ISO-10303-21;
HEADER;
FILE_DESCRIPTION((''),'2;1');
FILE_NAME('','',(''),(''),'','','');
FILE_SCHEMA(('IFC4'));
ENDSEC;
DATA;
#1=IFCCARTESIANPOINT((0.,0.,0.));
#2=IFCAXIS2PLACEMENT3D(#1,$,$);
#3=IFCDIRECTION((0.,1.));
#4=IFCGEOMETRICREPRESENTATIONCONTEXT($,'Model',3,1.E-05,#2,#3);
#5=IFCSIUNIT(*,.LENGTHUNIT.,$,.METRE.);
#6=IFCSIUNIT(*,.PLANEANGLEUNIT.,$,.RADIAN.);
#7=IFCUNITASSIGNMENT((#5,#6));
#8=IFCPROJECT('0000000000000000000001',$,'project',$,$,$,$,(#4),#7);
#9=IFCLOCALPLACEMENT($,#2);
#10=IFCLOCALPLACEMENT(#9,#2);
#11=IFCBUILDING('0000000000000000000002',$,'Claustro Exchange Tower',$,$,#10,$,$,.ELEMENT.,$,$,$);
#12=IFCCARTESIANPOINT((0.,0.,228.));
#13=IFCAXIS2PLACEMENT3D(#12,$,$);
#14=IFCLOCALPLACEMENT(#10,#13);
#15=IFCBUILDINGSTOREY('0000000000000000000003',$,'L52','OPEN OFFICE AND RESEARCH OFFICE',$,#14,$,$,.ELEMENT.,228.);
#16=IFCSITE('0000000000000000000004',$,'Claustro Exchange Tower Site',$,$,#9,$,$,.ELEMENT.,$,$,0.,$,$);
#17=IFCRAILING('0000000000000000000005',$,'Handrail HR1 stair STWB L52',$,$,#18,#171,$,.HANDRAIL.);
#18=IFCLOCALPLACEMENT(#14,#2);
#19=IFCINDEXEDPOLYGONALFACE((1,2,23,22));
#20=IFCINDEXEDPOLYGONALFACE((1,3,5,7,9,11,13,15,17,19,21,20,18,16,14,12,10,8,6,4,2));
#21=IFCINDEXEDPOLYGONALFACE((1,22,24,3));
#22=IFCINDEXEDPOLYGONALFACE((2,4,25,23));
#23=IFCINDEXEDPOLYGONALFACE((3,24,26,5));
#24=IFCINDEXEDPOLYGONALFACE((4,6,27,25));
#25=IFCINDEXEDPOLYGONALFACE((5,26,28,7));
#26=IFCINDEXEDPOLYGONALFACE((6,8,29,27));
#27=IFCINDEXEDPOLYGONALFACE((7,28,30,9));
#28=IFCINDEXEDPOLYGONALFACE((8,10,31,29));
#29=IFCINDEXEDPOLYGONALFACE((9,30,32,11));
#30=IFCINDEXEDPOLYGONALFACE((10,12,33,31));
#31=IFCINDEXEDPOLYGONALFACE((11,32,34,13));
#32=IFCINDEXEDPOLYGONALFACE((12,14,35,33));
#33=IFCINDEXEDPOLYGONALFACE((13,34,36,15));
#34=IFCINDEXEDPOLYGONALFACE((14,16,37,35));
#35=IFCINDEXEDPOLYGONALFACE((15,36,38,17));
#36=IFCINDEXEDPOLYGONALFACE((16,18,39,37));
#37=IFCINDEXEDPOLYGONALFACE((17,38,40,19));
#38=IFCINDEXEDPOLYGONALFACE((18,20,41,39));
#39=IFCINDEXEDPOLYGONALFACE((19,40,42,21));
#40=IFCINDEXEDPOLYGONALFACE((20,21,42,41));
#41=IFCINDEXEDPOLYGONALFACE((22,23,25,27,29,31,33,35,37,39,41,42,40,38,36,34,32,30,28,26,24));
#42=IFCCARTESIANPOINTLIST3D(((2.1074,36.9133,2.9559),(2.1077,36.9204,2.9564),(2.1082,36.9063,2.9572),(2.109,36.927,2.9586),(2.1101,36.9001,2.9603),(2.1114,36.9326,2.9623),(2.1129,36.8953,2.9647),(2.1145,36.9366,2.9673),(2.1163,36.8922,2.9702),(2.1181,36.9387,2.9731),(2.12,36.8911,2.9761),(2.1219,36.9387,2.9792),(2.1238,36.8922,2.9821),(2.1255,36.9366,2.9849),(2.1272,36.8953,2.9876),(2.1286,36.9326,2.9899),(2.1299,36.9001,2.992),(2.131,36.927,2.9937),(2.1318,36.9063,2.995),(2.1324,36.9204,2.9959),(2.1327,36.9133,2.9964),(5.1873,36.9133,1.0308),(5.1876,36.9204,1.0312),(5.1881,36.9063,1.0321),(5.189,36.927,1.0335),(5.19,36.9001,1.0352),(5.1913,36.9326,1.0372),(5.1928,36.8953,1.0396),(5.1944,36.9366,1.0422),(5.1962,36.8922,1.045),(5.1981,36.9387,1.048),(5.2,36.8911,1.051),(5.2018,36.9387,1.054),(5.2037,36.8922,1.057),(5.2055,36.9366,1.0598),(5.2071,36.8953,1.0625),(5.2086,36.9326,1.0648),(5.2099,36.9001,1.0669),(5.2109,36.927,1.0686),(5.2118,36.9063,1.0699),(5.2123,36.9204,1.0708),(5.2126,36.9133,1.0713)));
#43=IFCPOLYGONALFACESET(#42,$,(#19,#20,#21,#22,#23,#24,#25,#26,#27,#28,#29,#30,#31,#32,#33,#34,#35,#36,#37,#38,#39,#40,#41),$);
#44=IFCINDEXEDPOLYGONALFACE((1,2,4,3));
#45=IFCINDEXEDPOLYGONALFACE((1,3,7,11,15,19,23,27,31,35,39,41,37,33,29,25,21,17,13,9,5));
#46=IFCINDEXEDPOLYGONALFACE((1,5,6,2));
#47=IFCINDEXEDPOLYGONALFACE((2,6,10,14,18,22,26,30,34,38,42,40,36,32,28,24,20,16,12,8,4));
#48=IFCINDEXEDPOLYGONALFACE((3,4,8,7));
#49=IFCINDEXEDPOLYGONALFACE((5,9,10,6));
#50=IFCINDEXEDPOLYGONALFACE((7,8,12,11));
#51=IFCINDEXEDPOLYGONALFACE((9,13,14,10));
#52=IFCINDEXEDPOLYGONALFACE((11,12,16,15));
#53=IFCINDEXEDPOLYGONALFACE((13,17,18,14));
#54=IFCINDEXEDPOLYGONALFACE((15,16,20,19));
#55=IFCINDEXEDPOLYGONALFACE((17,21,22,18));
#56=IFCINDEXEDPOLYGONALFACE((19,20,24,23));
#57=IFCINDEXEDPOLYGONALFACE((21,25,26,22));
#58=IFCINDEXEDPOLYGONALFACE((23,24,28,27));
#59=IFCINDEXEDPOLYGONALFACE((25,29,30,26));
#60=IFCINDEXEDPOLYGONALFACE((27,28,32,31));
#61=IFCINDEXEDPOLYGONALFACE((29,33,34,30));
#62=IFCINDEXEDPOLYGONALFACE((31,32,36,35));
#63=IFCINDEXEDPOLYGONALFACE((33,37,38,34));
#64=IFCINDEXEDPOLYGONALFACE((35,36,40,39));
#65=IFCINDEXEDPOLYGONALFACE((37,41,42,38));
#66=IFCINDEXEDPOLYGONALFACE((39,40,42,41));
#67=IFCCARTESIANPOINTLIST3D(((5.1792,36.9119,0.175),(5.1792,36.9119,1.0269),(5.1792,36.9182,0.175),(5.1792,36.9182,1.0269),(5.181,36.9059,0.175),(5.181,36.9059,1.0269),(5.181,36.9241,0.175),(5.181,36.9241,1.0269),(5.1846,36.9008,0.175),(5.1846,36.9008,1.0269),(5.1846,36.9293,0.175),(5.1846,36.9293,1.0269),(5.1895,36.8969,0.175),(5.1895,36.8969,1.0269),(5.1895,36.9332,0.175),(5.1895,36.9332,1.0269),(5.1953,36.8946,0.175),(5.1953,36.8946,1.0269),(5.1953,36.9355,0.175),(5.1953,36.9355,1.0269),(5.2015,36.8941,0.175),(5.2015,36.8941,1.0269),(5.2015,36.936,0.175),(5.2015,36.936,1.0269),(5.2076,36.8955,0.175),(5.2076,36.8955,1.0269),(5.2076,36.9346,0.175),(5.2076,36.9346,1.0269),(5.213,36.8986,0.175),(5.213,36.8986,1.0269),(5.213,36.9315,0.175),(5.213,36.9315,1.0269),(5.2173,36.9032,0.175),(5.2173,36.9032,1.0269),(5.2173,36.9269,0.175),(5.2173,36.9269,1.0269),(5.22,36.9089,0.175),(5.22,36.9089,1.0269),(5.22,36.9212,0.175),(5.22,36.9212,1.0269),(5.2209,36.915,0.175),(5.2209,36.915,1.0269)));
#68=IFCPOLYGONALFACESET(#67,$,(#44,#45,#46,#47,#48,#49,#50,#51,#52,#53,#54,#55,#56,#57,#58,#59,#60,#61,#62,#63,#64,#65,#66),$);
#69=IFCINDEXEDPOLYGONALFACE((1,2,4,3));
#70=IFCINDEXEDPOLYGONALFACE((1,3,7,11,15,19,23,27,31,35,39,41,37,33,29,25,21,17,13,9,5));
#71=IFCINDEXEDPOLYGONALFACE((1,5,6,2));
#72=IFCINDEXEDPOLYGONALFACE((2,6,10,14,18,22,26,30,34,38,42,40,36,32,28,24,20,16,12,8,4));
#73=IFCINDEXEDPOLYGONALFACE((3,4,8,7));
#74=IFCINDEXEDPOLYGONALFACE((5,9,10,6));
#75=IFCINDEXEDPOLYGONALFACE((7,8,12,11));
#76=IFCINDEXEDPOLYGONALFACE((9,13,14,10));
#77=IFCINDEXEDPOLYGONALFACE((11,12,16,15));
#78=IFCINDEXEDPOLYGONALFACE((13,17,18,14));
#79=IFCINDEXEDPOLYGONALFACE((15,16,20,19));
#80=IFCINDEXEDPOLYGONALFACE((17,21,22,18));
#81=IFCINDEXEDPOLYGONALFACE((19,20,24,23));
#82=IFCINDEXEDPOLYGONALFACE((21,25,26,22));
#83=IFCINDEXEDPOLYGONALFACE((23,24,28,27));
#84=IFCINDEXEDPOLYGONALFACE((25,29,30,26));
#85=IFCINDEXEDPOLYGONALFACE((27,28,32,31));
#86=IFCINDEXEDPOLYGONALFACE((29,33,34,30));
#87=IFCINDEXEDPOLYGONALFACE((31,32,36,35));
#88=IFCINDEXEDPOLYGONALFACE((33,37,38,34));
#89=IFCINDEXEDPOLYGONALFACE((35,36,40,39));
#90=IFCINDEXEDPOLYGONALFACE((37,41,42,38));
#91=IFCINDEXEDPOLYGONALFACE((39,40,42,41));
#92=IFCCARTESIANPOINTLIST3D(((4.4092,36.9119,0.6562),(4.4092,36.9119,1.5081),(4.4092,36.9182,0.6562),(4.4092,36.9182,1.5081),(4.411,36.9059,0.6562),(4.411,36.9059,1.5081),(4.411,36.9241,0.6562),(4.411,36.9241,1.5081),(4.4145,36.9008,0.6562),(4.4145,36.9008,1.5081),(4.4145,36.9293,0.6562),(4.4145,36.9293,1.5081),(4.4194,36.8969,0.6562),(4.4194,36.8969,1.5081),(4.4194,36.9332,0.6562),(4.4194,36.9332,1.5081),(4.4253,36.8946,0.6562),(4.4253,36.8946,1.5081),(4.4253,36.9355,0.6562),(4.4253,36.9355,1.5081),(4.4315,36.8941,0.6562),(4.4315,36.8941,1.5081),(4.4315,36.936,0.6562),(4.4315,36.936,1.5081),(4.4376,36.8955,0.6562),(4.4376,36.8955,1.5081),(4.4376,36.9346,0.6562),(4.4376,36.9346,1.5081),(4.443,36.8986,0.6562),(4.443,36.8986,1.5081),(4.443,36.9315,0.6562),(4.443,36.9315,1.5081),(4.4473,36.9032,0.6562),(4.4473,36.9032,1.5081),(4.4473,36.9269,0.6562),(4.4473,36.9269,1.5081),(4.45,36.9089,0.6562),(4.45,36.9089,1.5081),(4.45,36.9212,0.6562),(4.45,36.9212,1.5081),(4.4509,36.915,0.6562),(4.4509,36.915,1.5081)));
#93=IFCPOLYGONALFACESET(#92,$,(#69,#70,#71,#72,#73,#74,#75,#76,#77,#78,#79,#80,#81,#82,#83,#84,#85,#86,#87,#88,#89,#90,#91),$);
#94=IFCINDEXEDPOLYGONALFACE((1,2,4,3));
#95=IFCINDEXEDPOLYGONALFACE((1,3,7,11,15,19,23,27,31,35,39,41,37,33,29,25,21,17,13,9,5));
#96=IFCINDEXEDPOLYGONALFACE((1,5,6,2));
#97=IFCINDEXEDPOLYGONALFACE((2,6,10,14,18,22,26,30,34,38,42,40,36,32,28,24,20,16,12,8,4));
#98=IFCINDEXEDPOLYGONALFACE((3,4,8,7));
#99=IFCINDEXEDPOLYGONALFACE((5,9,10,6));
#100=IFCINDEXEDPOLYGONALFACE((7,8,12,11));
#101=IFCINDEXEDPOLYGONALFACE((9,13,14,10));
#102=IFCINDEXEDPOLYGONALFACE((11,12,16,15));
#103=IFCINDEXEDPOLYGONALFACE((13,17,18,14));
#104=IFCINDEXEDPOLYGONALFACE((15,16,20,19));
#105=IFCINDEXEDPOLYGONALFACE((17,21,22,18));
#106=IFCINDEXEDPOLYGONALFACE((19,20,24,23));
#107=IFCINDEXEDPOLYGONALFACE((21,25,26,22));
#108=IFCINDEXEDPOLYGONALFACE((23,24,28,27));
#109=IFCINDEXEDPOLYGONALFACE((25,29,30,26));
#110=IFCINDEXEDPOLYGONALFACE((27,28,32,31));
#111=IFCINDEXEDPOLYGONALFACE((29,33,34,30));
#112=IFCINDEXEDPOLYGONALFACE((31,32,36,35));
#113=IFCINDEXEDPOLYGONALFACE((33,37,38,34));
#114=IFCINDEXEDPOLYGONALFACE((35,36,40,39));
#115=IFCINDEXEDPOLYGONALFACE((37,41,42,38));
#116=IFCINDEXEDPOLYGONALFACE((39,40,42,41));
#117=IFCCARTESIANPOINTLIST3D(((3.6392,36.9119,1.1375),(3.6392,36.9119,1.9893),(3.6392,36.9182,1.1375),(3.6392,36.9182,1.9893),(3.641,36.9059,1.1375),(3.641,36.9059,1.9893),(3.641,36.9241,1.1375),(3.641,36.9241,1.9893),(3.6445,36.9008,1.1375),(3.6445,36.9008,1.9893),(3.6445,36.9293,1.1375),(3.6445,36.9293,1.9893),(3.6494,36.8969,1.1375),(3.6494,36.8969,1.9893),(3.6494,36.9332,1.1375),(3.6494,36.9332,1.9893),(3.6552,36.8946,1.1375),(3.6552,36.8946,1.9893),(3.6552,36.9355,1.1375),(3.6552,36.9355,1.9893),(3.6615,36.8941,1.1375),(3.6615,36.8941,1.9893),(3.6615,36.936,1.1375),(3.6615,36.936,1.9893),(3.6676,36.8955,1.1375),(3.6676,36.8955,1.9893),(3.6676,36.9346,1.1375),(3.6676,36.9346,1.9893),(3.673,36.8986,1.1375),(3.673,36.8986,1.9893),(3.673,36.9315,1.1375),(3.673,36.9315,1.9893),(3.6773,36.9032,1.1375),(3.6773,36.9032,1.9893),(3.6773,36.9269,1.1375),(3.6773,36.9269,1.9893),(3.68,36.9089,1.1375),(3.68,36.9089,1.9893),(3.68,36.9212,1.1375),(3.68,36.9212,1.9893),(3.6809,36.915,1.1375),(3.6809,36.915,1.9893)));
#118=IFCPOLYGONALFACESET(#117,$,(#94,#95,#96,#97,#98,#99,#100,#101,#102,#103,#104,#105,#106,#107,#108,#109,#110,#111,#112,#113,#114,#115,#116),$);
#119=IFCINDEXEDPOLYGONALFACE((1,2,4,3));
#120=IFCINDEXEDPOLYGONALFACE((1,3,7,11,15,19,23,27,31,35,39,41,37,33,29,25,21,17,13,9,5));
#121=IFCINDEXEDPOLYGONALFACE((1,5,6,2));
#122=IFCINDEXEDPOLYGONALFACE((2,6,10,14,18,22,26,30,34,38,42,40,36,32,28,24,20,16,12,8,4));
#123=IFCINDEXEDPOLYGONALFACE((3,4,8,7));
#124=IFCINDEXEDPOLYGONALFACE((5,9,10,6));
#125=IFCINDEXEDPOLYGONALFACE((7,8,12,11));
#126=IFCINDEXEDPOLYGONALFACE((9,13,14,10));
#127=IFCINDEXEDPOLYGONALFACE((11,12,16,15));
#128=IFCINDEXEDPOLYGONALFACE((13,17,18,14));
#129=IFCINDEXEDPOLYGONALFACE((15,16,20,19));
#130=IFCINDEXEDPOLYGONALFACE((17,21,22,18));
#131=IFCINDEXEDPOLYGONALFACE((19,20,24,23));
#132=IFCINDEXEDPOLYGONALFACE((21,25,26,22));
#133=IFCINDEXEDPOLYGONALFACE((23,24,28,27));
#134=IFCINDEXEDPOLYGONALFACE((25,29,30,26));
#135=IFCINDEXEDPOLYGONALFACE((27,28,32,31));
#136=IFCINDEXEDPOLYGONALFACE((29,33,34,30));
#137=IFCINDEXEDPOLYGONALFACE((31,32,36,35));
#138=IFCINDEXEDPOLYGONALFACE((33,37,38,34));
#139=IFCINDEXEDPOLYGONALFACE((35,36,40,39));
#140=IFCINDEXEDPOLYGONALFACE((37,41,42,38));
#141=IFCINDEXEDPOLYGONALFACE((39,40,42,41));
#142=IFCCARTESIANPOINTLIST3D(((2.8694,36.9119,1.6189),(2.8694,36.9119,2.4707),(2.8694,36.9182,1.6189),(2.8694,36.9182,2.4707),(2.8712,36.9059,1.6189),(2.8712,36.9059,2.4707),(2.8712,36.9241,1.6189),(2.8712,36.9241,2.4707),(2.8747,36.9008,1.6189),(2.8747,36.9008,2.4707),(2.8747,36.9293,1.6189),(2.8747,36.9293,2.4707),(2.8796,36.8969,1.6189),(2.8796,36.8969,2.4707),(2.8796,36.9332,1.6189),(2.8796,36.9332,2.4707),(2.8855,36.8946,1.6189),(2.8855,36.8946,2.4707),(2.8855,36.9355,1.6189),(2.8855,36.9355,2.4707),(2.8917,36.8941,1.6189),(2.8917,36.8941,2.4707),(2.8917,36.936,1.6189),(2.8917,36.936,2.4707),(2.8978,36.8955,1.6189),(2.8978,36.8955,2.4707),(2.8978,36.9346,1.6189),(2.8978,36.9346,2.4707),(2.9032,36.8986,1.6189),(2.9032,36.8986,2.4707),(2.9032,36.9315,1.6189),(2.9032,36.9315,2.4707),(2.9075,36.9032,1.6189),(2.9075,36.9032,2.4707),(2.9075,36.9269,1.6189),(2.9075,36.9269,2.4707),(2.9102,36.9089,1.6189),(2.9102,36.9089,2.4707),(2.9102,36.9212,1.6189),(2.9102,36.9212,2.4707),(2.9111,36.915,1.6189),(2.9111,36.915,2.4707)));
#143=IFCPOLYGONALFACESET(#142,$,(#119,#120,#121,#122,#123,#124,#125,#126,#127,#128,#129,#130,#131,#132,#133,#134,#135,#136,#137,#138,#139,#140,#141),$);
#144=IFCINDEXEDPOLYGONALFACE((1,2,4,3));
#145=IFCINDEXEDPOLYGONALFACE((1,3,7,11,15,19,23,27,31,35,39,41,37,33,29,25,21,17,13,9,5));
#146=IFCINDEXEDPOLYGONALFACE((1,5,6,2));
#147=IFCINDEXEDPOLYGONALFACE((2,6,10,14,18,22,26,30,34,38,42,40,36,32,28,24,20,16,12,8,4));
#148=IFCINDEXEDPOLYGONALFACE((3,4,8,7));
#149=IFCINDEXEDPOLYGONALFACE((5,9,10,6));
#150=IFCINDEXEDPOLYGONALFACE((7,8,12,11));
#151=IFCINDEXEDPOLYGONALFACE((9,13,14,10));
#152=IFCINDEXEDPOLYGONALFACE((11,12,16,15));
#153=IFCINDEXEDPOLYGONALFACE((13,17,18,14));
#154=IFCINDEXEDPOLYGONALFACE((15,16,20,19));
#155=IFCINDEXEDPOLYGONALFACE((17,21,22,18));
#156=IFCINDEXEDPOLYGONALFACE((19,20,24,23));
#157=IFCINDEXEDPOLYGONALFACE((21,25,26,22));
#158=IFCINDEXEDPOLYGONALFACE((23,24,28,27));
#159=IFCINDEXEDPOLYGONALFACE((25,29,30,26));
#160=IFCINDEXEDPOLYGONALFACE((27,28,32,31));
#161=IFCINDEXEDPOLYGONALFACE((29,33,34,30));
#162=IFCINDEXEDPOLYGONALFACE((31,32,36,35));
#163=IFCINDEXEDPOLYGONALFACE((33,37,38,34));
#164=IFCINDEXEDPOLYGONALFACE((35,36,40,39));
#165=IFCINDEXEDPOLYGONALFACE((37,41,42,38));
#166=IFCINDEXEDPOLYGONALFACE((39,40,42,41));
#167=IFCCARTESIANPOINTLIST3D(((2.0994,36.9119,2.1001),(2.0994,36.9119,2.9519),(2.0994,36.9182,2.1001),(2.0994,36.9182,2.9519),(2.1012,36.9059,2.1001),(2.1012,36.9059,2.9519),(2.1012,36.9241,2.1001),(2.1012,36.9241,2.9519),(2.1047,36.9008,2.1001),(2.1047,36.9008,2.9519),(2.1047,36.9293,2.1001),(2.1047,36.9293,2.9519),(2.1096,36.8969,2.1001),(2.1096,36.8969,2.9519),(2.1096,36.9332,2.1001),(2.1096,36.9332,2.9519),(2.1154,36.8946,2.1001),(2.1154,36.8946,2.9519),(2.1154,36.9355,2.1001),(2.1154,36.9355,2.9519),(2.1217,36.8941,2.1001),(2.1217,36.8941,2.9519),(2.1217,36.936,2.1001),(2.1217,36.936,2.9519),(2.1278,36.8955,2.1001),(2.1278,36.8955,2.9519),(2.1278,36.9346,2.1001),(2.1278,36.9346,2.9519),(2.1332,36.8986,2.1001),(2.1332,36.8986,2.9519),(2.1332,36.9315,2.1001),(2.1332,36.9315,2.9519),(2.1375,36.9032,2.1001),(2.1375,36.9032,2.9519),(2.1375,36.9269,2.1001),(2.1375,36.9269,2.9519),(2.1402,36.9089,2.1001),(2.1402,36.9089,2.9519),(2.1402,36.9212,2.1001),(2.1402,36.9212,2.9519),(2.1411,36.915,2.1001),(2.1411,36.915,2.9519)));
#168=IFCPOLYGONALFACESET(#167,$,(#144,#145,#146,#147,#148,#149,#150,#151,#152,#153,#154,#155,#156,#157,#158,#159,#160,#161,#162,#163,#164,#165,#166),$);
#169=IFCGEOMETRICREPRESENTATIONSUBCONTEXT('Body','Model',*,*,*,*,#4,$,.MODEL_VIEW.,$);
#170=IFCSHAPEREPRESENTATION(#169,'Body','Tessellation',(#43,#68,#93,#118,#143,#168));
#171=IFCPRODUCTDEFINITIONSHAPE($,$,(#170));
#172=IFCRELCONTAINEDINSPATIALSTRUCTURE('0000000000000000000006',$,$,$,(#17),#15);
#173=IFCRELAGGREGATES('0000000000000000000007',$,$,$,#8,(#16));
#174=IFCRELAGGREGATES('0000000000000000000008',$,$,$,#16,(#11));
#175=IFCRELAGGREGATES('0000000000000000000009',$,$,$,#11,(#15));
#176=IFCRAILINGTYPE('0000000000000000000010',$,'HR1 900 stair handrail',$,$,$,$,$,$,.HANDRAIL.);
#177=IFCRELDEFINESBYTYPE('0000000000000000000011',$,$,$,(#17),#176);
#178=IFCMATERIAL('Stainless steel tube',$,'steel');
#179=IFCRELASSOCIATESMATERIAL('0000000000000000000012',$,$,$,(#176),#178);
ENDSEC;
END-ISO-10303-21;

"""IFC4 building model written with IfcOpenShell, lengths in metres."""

from ifc_helpers import new_model, si_unit, direction, frame, origin, origin_2d, place, context, subcontext, project, spatial, circle, extrude, material, type_object, element, save


model = new_model("IFC4")

# Units and contexts
model_context = context("Model", 3, precision=1e-05, world=origin(), true_north=direction((0.0, 1.0)))
body_context = subcontext(model_context, "Body", "Model", "MODEL_VIEW")
ifc_project = project(units=[si_unit("LENGTHUNIT", "METRE"), si_unit("PLANEANGLEUNIT", "RADIAN")], contexts=[model_context])

# Site, building, storey
site_placement = place(None, origin())
site = spatial("IfcSite", under=ifc_project, at=site_placement, Name="Claustro Exchange Tower Site", CompositionType="ELEMENT", RefElevation=0.0)
building_placement = place(site_placement, origin())
building = spatial("IfcBuilding", under=site, at=building_placement, Name="Claustro Exchange Tower", CompositionType="ELEMENT")
storey_placement = place(building_placement, frame((0.0, 0.0, 228.0)))
storey = spatial("IfcBuildingStorey", under=building, at=storey_placement, Name="L52", Description="OPEN OFFICE AND RESEARCH OFFICE", CompositionType="ELEMENT", Elevation=228.0)

# Railing
ifc_material_1 = material(Name="Stainless steel tube", Category="steel")
railing_type_1 = type_object("IfcRailingType", Name="HR1 900 stair handrail", PredefinedType="HANDRAIL", material=ifc_material_1)
railing_1_placement = place(storey_placement, frame((5.2, 36.915, 0.175)))
element("IfcRailing", 1, at=railing_1_placement, inside=storey, type_object=railing_type_1, Name="Handrail HR1 stair STWB L52", PredefinedType="HANDRAIL", context=body_context, shape_type="SweptSolid", body=[
    extrude(circle(Radius=0.0239, at=origin_2d()), frame((0.0, 0.0, 0.876), z_axis=(-0.847979, 0.0, 0.530029), x_axis=(0.0, -1.0, 0.0)), (0.0, 0.0, 1.0), 3.6321),
    extrude(circle(Radius=0.021, at=origin_2d()), origin(), (0.0, 0.0, 1.0), 0.8518),
    extrude(circle(Radius=0.021, at=origin_2d()), frame((-0.77, 0.0, 0.4812)), (0.0, 0.0, 1.0), 0.8518),
    extrude(circle(Radius=0.021, at=origin_2d()), frame((-1.54, 0.0, 0.9624)), (0.0, 0.0, 1.0), 0.8518),
    extrude(circle(Radius=0.021, at=origin_2d()), frame((-2.3098, 0.0, 1.4438)), (0.0, 0.0, 1.0), 0.8518),
    extrude(circle(Radius=0.021, at=origin_2d()), frame((-3.0798, 0.0, 1.925)), (0.0, 0.0, 1.0), 0.8518),
])

save(model, "model.ifc")
